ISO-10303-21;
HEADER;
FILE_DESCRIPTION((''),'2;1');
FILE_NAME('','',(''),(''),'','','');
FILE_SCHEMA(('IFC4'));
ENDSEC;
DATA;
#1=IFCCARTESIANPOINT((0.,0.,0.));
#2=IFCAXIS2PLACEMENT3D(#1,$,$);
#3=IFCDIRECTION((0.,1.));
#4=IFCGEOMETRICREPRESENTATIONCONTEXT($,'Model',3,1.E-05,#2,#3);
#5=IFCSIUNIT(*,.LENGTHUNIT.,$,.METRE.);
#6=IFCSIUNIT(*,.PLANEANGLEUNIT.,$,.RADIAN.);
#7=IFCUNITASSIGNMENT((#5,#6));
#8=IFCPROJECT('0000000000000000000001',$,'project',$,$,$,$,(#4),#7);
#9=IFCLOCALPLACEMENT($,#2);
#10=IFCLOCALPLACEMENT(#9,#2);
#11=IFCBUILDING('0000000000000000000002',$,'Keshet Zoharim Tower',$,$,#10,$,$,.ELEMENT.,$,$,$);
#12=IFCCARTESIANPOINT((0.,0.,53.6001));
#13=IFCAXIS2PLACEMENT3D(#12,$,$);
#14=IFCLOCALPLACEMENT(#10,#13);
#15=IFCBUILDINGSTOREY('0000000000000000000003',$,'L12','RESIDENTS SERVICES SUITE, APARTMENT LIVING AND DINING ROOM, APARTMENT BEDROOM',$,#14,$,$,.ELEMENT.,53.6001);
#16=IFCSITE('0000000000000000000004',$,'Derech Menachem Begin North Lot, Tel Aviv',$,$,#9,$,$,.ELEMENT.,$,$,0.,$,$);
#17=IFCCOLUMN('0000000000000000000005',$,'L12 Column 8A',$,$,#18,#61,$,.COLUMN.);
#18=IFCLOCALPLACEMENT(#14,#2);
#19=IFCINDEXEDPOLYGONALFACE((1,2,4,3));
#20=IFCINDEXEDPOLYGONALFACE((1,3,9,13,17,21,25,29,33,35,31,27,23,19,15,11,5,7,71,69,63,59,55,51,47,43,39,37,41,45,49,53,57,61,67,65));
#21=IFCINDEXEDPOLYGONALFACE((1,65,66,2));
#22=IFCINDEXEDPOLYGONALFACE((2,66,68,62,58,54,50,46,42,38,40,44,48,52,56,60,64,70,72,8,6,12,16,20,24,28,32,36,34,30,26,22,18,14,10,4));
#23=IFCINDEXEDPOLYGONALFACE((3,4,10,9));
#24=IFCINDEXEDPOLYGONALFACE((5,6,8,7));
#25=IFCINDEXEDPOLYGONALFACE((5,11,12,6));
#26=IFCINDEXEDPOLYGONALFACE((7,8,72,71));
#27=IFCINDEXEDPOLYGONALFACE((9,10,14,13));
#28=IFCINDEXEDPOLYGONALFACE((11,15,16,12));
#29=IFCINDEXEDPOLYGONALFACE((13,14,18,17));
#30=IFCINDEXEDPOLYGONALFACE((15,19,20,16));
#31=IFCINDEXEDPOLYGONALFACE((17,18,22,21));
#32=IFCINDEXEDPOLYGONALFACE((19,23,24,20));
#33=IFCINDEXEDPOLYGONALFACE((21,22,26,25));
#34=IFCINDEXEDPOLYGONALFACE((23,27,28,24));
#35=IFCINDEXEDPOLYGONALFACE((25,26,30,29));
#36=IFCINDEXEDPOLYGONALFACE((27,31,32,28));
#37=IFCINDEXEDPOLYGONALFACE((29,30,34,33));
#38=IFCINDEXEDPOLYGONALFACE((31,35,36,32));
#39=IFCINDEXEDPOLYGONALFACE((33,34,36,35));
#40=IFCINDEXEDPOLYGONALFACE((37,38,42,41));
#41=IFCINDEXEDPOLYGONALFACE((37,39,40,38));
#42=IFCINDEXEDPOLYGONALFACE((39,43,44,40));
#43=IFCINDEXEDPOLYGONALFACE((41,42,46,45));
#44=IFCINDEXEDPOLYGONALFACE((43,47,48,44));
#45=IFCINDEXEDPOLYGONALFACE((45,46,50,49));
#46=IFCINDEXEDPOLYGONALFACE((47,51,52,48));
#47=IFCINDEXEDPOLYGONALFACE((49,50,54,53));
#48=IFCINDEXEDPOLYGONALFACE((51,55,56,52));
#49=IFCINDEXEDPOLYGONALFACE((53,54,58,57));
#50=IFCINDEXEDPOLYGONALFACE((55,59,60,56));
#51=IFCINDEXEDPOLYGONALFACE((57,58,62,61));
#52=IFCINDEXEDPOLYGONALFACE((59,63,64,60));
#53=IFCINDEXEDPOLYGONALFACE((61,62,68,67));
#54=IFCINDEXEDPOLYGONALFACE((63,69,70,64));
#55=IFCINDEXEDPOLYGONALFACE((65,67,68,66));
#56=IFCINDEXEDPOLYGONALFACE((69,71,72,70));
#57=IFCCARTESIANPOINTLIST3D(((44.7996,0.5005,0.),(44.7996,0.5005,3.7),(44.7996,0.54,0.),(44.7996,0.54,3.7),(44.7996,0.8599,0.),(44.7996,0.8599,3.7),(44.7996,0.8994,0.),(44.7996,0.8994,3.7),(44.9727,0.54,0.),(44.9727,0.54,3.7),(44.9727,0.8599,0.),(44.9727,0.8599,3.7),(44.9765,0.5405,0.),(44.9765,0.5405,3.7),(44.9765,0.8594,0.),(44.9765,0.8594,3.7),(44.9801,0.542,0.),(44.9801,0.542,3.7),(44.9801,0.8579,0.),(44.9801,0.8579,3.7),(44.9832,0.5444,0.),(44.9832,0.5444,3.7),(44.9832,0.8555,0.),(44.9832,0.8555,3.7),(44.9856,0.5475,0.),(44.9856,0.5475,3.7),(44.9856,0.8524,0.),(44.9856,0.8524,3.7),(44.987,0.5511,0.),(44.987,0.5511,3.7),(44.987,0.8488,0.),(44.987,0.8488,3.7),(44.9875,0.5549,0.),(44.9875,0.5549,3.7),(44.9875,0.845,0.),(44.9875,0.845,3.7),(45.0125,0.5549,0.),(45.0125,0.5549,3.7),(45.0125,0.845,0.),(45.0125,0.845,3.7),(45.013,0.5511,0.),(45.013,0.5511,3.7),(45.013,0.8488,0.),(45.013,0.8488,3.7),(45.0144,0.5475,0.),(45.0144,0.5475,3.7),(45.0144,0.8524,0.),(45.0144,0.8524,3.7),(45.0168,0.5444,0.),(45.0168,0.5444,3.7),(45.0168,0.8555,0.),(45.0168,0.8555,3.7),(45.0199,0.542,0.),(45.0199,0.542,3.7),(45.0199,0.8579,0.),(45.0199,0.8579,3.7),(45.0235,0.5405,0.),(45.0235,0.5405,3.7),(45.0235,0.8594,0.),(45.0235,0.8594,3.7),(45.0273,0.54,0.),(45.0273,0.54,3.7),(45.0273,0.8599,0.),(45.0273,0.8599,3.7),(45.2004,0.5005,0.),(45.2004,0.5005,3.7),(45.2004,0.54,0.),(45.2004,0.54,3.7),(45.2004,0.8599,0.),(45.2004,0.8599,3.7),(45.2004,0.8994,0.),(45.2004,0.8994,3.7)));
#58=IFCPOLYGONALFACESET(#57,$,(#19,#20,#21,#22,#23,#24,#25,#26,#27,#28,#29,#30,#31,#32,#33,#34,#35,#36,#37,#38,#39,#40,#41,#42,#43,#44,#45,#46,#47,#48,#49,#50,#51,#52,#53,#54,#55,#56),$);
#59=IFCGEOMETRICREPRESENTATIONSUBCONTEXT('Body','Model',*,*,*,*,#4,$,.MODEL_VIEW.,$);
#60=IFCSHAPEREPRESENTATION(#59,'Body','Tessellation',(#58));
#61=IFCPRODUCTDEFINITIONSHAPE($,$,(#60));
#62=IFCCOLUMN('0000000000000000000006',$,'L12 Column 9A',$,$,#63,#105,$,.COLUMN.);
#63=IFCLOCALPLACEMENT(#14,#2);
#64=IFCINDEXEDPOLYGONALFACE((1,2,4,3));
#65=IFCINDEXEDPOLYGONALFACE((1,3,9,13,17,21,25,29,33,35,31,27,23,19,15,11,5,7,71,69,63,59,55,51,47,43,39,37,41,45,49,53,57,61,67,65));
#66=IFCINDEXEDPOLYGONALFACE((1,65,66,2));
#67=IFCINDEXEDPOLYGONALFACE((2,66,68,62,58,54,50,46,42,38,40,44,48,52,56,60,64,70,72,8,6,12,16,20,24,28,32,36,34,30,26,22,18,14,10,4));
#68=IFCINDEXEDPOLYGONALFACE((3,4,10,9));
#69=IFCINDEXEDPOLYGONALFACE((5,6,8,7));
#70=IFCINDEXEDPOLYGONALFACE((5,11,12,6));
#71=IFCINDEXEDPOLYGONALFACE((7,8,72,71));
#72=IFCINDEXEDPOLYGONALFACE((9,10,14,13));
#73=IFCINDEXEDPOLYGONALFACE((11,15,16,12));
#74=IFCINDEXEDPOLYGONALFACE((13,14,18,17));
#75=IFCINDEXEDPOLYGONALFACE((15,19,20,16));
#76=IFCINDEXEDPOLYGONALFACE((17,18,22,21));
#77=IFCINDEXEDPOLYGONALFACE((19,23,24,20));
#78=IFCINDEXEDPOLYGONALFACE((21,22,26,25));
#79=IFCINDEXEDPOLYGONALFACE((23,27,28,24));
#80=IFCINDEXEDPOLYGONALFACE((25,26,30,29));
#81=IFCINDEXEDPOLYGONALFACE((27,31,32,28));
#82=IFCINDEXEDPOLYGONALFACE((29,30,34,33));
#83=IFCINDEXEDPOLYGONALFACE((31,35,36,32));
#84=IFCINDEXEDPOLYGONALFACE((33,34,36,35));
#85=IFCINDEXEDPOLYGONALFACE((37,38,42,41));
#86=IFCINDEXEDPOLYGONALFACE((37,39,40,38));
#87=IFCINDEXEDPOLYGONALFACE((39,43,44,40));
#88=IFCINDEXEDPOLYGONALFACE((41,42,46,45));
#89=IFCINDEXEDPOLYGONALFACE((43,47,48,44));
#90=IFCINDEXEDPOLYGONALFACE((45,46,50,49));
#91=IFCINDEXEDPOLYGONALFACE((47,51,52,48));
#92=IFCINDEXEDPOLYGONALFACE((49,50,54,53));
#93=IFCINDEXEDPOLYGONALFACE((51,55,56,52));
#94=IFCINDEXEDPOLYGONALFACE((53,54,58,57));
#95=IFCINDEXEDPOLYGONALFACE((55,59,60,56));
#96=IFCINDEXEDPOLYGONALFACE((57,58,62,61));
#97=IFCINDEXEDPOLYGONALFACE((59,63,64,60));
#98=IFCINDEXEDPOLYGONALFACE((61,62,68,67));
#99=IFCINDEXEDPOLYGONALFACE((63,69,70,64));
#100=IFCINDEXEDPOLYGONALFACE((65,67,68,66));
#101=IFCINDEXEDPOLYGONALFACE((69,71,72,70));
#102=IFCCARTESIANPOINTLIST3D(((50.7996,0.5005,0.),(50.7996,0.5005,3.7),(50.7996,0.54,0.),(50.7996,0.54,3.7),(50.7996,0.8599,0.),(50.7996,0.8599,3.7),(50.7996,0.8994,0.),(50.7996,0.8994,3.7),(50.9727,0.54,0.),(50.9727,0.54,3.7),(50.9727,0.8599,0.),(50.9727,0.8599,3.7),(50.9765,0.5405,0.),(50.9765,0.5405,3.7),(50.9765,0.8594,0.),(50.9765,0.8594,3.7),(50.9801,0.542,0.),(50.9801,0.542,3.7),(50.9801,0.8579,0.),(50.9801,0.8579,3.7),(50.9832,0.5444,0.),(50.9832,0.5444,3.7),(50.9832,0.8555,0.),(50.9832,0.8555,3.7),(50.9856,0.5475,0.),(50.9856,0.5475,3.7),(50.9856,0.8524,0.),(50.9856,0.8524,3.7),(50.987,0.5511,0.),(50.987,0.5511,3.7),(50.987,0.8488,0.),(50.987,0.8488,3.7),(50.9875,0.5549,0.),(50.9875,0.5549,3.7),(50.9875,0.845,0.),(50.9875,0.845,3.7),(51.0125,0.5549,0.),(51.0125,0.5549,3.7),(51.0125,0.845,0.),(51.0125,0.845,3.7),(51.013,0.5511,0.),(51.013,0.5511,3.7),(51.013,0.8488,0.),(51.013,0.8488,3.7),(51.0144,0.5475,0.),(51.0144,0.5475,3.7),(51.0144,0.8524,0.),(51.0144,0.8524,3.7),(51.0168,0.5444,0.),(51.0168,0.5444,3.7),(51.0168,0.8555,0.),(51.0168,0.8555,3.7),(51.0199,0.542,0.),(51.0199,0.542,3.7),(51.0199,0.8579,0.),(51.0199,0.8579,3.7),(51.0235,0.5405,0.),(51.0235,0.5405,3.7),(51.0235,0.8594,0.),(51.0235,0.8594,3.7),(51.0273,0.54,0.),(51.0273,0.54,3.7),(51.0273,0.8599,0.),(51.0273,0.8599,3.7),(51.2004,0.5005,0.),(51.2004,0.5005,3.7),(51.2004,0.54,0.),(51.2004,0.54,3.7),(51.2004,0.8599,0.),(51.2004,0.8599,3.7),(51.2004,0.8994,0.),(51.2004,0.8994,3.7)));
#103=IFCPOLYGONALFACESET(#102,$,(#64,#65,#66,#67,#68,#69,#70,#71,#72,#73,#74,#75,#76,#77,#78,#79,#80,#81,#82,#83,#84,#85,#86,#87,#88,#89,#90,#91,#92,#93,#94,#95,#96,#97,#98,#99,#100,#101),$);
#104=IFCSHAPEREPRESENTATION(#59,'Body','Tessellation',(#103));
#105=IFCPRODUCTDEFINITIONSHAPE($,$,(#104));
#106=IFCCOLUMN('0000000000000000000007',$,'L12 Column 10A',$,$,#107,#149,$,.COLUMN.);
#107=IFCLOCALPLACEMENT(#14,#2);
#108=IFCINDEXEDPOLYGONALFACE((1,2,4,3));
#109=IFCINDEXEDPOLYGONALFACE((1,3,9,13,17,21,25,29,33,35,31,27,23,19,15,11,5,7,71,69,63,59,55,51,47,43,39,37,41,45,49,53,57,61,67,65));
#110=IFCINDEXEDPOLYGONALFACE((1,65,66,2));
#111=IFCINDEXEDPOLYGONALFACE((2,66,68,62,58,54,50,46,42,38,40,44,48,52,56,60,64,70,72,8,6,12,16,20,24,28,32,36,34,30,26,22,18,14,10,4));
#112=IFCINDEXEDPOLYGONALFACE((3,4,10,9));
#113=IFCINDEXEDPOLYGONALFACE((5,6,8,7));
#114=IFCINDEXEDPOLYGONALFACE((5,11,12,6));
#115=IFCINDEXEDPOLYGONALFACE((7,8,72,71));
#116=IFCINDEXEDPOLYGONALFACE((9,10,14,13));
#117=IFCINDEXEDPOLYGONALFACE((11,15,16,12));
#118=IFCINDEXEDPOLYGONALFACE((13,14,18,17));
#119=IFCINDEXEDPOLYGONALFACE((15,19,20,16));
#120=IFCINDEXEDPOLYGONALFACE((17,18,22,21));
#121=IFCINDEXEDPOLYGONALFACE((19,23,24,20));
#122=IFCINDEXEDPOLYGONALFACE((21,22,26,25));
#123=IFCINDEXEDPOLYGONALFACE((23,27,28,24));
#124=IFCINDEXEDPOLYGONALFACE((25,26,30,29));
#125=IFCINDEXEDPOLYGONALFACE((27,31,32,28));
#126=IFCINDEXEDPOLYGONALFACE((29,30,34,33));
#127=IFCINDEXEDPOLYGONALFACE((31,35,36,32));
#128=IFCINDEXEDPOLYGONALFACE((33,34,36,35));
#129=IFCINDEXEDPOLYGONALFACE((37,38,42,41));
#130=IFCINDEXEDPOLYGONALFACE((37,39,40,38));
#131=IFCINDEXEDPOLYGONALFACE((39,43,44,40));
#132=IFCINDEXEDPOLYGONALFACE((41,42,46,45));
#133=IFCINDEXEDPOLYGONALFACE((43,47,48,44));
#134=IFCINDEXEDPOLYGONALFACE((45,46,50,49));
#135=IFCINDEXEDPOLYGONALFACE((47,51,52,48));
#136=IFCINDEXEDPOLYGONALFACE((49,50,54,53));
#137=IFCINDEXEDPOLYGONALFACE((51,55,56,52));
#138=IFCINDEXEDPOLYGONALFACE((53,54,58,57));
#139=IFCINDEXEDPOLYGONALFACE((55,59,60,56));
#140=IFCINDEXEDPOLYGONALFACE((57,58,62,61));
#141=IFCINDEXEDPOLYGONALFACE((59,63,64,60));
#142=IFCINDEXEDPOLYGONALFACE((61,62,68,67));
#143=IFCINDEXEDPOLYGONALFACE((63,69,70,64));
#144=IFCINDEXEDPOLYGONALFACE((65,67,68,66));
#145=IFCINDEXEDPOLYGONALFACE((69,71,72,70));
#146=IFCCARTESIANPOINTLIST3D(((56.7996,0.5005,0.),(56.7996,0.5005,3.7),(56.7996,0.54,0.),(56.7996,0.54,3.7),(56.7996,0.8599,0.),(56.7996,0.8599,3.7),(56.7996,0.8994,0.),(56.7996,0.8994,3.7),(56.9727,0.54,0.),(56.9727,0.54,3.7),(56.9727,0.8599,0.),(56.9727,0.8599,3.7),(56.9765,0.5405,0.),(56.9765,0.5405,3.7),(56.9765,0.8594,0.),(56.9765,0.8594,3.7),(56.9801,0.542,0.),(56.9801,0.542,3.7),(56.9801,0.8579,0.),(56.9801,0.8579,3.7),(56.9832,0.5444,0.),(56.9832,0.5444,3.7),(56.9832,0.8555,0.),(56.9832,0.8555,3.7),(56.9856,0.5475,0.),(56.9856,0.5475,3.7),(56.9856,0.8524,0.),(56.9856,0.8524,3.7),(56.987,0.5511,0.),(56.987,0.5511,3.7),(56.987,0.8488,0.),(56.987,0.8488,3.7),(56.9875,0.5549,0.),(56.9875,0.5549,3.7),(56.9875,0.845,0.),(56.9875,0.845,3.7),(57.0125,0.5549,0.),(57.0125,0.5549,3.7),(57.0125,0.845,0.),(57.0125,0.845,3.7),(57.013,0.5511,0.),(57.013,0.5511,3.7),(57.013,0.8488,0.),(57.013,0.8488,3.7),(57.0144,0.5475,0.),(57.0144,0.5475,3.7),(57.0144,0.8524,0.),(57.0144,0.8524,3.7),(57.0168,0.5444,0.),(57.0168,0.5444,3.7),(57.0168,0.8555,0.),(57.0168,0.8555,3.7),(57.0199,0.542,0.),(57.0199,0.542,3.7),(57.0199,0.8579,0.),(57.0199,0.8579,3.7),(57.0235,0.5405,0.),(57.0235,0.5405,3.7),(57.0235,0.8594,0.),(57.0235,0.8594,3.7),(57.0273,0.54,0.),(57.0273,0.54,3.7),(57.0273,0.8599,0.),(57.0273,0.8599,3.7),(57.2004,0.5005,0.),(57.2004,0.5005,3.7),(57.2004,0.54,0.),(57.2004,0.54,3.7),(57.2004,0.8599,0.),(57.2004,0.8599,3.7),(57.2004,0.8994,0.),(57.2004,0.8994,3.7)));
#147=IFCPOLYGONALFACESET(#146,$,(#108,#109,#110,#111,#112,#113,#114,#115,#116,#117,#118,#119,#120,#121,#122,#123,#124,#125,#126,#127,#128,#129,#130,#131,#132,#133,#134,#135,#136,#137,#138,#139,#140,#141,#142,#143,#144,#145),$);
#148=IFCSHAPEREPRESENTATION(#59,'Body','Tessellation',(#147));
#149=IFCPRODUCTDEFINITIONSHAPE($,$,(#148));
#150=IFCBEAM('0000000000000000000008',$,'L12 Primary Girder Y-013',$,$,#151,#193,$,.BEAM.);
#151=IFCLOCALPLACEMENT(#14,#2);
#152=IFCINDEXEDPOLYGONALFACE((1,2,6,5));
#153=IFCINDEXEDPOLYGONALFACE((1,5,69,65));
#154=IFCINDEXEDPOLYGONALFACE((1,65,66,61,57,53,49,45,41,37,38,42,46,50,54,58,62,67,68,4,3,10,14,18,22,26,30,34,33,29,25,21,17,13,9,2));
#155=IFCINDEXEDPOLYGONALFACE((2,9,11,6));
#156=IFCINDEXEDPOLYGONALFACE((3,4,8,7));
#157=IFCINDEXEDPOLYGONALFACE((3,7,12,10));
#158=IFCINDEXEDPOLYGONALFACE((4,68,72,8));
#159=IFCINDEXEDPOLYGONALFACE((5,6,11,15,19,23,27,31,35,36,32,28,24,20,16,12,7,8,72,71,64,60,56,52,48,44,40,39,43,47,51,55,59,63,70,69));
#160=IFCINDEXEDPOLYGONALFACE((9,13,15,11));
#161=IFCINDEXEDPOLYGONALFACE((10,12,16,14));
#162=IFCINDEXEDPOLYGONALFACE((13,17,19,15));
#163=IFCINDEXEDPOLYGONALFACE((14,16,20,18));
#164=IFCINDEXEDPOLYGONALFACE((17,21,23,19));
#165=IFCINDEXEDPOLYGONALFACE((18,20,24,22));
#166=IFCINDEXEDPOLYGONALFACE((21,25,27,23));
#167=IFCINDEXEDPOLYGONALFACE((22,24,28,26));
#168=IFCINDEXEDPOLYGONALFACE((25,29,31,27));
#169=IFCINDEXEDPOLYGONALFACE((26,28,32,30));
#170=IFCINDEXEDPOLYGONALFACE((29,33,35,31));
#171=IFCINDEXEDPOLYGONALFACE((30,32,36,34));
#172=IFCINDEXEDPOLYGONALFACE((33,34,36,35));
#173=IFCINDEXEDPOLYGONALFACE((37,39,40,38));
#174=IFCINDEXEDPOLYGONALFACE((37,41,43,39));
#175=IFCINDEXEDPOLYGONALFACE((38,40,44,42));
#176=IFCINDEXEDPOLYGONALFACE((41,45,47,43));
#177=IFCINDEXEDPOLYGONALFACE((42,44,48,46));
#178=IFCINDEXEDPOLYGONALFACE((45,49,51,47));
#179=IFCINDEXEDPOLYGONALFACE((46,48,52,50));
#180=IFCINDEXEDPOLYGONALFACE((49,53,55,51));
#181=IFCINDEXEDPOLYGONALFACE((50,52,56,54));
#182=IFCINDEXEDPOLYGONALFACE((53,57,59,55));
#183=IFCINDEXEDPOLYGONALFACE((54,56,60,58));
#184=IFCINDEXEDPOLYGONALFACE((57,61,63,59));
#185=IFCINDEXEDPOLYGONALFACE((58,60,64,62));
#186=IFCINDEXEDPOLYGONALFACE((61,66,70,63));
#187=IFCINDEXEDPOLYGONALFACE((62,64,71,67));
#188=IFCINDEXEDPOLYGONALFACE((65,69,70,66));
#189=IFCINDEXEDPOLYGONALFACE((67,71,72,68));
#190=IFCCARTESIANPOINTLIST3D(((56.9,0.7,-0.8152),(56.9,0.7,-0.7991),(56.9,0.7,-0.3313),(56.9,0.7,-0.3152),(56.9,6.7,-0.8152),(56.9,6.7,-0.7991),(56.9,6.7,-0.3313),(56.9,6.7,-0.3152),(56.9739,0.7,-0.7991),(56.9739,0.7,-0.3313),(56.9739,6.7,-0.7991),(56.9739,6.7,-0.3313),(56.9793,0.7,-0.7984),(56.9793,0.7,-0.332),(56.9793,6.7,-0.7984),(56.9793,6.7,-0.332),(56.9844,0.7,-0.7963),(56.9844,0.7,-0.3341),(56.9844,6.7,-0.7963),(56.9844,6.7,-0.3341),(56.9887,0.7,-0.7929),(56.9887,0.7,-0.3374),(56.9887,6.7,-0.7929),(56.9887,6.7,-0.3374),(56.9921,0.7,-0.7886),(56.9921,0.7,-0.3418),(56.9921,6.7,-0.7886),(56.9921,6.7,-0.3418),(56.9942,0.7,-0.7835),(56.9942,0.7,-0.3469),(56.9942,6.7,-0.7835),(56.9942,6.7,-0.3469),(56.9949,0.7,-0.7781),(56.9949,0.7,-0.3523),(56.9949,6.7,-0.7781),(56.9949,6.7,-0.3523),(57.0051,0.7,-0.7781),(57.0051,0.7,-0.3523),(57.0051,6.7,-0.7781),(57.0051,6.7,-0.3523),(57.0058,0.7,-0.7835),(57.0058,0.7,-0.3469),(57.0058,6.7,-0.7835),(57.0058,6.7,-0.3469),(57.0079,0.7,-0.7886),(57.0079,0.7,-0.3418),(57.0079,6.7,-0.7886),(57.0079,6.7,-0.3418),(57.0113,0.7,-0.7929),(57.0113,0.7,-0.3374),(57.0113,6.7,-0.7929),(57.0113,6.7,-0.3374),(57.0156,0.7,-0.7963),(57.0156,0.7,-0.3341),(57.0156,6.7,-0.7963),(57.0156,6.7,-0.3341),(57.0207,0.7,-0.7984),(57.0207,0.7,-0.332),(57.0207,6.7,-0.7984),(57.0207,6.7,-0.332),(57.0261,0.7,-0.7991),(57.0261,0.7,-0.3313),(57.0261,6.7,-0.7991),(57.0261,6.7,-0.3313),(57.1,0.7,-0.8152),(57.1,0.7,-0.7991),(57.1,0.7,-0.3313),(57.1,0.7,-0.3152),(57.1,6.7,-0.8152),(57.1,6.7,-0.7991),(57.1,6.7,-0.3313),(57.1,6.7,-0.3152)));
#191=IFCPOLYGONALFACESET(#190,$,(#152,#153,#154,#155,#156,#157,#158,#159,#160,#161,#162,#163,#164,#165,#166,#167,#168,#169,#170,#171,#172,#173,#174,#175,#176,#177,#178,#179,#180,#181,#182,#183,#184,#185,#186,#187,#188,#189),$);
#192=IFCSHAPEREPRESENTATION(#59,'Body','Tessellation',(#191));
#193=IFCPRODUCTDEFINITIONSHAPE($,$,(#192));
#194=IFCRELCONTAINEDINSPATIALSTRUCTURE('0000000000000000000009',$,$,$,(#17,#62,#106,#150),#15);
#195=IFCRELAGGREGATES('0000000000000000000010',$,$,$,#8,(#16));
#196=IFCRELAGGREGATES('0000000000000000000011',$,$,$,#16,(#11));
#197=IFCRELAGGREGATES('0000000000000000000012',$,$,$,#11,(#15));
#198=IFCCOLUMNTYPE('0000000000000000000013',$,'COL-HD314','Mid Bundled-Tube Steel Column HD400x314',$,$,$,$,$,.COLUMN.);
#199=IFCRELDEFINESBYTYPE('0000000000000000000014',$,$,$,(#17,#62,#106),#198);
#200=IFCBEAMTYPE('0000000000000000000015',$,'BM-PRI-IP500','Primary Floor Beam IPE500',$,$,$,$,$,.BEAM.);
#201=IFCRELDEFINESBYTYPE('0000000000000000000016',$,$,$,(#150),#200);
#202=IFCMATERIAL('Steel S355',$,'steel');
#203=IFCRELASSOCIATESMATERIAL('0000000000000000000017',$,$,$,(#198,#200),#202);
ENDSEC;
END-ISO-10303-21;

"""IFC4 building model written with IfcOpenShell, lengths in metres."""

from ifc_helpers import new_model, si_unit, direction, frame, origin, origin_2d, place, context, subcontext, project, spatial, i_section, extrude, material, material_profile, profile_set, type_object, element, save


model = new_model("IFC4")

# Units and contexts
model_context = context("Model", 3, precision=1e-05, world=origin(), true_north=direction((0.0, 1.0)))
body_context = subcontext(model_context, "Body", "Model", "MODEL_VIEW")
ifc_project = project(units=[si_unit("LENGTHUNIT", "METRE"), si_unit("PLANEANGLEUNIT", "RADIAN")], contexts=[model_context])

# Site, building, storey
site_placement = place(None, origin())
site = spatial("IfcSite", under=ifc_project, at=site_placement, Name="Derech Menachem Begin North Lot, Tel Aviv", CompositionType="ELEMENT", RefElevation=0.0)
building_placement = place(site_placement, origin())
building = spatial("IfcBuilding", under=site, at=building_placement, Name="Keshet Zoharim Tower", CompositionType="ELEMENT")
storey_placement = place(building_placement, frame((0.0, 0.0, 53.6001)))
storey = spatial("IfcBuildingStorey", under=building, at=storey_placement, Name="L12", Description="RESIDENTS SERVICES SUITE, APARTMENT LIVING AND DINING ROOM, APARTMENT BEDROOM", CompositionType="ELEMENT", Elevation=53.6001)

# Columns
ifc_material_1 = material(Name="Steel S355", Category="steel")
ifc_material_profile_1 = material_profile(ifc_material_1, i_section(OverallWidth=0.4009, OverallDepth=0.3989, WebThickness=0.0249, FlangeThickness=0.0396, FilletRadius=0.0149, at=origin_2d()), Name="HD400x314")
ifc_profile_set_1 = profile_set([ifc_material_profile_1], Name="Steel S355")
column_type = type_object("IfcColumnType", Name="COL-HD314", Description="Mid Bundled-Tube Steel Column HD400x314", PredefinedType="COLUMN", material=ifc_profile_set_1)
for number, where, z_axis, x_axis, name in (
    (1, (45.0, 0.7, 0.0), (0.0, 0.0, 1.0), (1.0, 0.0, 0.0), "L12 Column 8A"),
    (2, (51.0, 0.7, 0.0), (0.0, 0.0, 1.0), (1.0, 0.0, 0.0), "L12 Column 9A"),
    (3, (57.0, 0.7, 0.0), (0.0, 0.0, 1.0), (1.0, 0.0, 0.0), "L12 Column 10A"),
):
    element("IfcColumn", number, at=place(storey_placement, frame(where, z_axis=z_axis, x_axis=x_axis)), inside=storey, type_object=column_type, Name=name, PredefinedType="COLUMN", context=body_context, shape_type="SweptSolid", body=[
        extrude(i_section(OverallWidth=0.4009, OverallDepth=0.3989, WebThickness=0.0249, FlangeThickness=0.0396, FilletRadius=0.0149, at=origin_2d()), origin(), (0.0, 0.0, 1.0), 3.7),
    ])

# Beam
ifc_material_profile_2 = material_profile(ifc_material_1, i_section(OverallWidth=0.2, OverallDepth=0.5, WebThickness=0.0103, FlangeThickness=0.0161, FilletRadius=0.021, at=origin_2d()), Name="IPE500")
ifc_profile_set_2 = profile_set([ifc_material_profile_2], Name="Steel S355")
beam_type_1 = type_object("IfcBeamType", Name="BM-PRI-IP500", Description="Primary Floor Beam IPE500", PredefinedType="BEAM", material=ifc_profile_set_2)
beam_placement = place(storey_placement, frame((57.0, 0.7, -0.5652), z_axis=(0.0, 1.0, 0.0), x_axis=(-1.0, 0.0, 0.0)))
element("IfcBeam", 4, at=beam_placement, inside=storey, type_object=beam_type_1, Name="L12 Primary Girder Y-013", PredefinedType="BEAM", context=body_context, shape_type="SweptSolid", body=[
    extrude(i_section(OverallWidth=0.2, OverallDepth=0.5, WebThickness=0.0103, FlangeThickness=0.0161, FilletRadius=0.021, at=origin_2d()), origin(), (0.0, 0.0, 1.0), 6.0),
])

save(model, "model.ifc")
